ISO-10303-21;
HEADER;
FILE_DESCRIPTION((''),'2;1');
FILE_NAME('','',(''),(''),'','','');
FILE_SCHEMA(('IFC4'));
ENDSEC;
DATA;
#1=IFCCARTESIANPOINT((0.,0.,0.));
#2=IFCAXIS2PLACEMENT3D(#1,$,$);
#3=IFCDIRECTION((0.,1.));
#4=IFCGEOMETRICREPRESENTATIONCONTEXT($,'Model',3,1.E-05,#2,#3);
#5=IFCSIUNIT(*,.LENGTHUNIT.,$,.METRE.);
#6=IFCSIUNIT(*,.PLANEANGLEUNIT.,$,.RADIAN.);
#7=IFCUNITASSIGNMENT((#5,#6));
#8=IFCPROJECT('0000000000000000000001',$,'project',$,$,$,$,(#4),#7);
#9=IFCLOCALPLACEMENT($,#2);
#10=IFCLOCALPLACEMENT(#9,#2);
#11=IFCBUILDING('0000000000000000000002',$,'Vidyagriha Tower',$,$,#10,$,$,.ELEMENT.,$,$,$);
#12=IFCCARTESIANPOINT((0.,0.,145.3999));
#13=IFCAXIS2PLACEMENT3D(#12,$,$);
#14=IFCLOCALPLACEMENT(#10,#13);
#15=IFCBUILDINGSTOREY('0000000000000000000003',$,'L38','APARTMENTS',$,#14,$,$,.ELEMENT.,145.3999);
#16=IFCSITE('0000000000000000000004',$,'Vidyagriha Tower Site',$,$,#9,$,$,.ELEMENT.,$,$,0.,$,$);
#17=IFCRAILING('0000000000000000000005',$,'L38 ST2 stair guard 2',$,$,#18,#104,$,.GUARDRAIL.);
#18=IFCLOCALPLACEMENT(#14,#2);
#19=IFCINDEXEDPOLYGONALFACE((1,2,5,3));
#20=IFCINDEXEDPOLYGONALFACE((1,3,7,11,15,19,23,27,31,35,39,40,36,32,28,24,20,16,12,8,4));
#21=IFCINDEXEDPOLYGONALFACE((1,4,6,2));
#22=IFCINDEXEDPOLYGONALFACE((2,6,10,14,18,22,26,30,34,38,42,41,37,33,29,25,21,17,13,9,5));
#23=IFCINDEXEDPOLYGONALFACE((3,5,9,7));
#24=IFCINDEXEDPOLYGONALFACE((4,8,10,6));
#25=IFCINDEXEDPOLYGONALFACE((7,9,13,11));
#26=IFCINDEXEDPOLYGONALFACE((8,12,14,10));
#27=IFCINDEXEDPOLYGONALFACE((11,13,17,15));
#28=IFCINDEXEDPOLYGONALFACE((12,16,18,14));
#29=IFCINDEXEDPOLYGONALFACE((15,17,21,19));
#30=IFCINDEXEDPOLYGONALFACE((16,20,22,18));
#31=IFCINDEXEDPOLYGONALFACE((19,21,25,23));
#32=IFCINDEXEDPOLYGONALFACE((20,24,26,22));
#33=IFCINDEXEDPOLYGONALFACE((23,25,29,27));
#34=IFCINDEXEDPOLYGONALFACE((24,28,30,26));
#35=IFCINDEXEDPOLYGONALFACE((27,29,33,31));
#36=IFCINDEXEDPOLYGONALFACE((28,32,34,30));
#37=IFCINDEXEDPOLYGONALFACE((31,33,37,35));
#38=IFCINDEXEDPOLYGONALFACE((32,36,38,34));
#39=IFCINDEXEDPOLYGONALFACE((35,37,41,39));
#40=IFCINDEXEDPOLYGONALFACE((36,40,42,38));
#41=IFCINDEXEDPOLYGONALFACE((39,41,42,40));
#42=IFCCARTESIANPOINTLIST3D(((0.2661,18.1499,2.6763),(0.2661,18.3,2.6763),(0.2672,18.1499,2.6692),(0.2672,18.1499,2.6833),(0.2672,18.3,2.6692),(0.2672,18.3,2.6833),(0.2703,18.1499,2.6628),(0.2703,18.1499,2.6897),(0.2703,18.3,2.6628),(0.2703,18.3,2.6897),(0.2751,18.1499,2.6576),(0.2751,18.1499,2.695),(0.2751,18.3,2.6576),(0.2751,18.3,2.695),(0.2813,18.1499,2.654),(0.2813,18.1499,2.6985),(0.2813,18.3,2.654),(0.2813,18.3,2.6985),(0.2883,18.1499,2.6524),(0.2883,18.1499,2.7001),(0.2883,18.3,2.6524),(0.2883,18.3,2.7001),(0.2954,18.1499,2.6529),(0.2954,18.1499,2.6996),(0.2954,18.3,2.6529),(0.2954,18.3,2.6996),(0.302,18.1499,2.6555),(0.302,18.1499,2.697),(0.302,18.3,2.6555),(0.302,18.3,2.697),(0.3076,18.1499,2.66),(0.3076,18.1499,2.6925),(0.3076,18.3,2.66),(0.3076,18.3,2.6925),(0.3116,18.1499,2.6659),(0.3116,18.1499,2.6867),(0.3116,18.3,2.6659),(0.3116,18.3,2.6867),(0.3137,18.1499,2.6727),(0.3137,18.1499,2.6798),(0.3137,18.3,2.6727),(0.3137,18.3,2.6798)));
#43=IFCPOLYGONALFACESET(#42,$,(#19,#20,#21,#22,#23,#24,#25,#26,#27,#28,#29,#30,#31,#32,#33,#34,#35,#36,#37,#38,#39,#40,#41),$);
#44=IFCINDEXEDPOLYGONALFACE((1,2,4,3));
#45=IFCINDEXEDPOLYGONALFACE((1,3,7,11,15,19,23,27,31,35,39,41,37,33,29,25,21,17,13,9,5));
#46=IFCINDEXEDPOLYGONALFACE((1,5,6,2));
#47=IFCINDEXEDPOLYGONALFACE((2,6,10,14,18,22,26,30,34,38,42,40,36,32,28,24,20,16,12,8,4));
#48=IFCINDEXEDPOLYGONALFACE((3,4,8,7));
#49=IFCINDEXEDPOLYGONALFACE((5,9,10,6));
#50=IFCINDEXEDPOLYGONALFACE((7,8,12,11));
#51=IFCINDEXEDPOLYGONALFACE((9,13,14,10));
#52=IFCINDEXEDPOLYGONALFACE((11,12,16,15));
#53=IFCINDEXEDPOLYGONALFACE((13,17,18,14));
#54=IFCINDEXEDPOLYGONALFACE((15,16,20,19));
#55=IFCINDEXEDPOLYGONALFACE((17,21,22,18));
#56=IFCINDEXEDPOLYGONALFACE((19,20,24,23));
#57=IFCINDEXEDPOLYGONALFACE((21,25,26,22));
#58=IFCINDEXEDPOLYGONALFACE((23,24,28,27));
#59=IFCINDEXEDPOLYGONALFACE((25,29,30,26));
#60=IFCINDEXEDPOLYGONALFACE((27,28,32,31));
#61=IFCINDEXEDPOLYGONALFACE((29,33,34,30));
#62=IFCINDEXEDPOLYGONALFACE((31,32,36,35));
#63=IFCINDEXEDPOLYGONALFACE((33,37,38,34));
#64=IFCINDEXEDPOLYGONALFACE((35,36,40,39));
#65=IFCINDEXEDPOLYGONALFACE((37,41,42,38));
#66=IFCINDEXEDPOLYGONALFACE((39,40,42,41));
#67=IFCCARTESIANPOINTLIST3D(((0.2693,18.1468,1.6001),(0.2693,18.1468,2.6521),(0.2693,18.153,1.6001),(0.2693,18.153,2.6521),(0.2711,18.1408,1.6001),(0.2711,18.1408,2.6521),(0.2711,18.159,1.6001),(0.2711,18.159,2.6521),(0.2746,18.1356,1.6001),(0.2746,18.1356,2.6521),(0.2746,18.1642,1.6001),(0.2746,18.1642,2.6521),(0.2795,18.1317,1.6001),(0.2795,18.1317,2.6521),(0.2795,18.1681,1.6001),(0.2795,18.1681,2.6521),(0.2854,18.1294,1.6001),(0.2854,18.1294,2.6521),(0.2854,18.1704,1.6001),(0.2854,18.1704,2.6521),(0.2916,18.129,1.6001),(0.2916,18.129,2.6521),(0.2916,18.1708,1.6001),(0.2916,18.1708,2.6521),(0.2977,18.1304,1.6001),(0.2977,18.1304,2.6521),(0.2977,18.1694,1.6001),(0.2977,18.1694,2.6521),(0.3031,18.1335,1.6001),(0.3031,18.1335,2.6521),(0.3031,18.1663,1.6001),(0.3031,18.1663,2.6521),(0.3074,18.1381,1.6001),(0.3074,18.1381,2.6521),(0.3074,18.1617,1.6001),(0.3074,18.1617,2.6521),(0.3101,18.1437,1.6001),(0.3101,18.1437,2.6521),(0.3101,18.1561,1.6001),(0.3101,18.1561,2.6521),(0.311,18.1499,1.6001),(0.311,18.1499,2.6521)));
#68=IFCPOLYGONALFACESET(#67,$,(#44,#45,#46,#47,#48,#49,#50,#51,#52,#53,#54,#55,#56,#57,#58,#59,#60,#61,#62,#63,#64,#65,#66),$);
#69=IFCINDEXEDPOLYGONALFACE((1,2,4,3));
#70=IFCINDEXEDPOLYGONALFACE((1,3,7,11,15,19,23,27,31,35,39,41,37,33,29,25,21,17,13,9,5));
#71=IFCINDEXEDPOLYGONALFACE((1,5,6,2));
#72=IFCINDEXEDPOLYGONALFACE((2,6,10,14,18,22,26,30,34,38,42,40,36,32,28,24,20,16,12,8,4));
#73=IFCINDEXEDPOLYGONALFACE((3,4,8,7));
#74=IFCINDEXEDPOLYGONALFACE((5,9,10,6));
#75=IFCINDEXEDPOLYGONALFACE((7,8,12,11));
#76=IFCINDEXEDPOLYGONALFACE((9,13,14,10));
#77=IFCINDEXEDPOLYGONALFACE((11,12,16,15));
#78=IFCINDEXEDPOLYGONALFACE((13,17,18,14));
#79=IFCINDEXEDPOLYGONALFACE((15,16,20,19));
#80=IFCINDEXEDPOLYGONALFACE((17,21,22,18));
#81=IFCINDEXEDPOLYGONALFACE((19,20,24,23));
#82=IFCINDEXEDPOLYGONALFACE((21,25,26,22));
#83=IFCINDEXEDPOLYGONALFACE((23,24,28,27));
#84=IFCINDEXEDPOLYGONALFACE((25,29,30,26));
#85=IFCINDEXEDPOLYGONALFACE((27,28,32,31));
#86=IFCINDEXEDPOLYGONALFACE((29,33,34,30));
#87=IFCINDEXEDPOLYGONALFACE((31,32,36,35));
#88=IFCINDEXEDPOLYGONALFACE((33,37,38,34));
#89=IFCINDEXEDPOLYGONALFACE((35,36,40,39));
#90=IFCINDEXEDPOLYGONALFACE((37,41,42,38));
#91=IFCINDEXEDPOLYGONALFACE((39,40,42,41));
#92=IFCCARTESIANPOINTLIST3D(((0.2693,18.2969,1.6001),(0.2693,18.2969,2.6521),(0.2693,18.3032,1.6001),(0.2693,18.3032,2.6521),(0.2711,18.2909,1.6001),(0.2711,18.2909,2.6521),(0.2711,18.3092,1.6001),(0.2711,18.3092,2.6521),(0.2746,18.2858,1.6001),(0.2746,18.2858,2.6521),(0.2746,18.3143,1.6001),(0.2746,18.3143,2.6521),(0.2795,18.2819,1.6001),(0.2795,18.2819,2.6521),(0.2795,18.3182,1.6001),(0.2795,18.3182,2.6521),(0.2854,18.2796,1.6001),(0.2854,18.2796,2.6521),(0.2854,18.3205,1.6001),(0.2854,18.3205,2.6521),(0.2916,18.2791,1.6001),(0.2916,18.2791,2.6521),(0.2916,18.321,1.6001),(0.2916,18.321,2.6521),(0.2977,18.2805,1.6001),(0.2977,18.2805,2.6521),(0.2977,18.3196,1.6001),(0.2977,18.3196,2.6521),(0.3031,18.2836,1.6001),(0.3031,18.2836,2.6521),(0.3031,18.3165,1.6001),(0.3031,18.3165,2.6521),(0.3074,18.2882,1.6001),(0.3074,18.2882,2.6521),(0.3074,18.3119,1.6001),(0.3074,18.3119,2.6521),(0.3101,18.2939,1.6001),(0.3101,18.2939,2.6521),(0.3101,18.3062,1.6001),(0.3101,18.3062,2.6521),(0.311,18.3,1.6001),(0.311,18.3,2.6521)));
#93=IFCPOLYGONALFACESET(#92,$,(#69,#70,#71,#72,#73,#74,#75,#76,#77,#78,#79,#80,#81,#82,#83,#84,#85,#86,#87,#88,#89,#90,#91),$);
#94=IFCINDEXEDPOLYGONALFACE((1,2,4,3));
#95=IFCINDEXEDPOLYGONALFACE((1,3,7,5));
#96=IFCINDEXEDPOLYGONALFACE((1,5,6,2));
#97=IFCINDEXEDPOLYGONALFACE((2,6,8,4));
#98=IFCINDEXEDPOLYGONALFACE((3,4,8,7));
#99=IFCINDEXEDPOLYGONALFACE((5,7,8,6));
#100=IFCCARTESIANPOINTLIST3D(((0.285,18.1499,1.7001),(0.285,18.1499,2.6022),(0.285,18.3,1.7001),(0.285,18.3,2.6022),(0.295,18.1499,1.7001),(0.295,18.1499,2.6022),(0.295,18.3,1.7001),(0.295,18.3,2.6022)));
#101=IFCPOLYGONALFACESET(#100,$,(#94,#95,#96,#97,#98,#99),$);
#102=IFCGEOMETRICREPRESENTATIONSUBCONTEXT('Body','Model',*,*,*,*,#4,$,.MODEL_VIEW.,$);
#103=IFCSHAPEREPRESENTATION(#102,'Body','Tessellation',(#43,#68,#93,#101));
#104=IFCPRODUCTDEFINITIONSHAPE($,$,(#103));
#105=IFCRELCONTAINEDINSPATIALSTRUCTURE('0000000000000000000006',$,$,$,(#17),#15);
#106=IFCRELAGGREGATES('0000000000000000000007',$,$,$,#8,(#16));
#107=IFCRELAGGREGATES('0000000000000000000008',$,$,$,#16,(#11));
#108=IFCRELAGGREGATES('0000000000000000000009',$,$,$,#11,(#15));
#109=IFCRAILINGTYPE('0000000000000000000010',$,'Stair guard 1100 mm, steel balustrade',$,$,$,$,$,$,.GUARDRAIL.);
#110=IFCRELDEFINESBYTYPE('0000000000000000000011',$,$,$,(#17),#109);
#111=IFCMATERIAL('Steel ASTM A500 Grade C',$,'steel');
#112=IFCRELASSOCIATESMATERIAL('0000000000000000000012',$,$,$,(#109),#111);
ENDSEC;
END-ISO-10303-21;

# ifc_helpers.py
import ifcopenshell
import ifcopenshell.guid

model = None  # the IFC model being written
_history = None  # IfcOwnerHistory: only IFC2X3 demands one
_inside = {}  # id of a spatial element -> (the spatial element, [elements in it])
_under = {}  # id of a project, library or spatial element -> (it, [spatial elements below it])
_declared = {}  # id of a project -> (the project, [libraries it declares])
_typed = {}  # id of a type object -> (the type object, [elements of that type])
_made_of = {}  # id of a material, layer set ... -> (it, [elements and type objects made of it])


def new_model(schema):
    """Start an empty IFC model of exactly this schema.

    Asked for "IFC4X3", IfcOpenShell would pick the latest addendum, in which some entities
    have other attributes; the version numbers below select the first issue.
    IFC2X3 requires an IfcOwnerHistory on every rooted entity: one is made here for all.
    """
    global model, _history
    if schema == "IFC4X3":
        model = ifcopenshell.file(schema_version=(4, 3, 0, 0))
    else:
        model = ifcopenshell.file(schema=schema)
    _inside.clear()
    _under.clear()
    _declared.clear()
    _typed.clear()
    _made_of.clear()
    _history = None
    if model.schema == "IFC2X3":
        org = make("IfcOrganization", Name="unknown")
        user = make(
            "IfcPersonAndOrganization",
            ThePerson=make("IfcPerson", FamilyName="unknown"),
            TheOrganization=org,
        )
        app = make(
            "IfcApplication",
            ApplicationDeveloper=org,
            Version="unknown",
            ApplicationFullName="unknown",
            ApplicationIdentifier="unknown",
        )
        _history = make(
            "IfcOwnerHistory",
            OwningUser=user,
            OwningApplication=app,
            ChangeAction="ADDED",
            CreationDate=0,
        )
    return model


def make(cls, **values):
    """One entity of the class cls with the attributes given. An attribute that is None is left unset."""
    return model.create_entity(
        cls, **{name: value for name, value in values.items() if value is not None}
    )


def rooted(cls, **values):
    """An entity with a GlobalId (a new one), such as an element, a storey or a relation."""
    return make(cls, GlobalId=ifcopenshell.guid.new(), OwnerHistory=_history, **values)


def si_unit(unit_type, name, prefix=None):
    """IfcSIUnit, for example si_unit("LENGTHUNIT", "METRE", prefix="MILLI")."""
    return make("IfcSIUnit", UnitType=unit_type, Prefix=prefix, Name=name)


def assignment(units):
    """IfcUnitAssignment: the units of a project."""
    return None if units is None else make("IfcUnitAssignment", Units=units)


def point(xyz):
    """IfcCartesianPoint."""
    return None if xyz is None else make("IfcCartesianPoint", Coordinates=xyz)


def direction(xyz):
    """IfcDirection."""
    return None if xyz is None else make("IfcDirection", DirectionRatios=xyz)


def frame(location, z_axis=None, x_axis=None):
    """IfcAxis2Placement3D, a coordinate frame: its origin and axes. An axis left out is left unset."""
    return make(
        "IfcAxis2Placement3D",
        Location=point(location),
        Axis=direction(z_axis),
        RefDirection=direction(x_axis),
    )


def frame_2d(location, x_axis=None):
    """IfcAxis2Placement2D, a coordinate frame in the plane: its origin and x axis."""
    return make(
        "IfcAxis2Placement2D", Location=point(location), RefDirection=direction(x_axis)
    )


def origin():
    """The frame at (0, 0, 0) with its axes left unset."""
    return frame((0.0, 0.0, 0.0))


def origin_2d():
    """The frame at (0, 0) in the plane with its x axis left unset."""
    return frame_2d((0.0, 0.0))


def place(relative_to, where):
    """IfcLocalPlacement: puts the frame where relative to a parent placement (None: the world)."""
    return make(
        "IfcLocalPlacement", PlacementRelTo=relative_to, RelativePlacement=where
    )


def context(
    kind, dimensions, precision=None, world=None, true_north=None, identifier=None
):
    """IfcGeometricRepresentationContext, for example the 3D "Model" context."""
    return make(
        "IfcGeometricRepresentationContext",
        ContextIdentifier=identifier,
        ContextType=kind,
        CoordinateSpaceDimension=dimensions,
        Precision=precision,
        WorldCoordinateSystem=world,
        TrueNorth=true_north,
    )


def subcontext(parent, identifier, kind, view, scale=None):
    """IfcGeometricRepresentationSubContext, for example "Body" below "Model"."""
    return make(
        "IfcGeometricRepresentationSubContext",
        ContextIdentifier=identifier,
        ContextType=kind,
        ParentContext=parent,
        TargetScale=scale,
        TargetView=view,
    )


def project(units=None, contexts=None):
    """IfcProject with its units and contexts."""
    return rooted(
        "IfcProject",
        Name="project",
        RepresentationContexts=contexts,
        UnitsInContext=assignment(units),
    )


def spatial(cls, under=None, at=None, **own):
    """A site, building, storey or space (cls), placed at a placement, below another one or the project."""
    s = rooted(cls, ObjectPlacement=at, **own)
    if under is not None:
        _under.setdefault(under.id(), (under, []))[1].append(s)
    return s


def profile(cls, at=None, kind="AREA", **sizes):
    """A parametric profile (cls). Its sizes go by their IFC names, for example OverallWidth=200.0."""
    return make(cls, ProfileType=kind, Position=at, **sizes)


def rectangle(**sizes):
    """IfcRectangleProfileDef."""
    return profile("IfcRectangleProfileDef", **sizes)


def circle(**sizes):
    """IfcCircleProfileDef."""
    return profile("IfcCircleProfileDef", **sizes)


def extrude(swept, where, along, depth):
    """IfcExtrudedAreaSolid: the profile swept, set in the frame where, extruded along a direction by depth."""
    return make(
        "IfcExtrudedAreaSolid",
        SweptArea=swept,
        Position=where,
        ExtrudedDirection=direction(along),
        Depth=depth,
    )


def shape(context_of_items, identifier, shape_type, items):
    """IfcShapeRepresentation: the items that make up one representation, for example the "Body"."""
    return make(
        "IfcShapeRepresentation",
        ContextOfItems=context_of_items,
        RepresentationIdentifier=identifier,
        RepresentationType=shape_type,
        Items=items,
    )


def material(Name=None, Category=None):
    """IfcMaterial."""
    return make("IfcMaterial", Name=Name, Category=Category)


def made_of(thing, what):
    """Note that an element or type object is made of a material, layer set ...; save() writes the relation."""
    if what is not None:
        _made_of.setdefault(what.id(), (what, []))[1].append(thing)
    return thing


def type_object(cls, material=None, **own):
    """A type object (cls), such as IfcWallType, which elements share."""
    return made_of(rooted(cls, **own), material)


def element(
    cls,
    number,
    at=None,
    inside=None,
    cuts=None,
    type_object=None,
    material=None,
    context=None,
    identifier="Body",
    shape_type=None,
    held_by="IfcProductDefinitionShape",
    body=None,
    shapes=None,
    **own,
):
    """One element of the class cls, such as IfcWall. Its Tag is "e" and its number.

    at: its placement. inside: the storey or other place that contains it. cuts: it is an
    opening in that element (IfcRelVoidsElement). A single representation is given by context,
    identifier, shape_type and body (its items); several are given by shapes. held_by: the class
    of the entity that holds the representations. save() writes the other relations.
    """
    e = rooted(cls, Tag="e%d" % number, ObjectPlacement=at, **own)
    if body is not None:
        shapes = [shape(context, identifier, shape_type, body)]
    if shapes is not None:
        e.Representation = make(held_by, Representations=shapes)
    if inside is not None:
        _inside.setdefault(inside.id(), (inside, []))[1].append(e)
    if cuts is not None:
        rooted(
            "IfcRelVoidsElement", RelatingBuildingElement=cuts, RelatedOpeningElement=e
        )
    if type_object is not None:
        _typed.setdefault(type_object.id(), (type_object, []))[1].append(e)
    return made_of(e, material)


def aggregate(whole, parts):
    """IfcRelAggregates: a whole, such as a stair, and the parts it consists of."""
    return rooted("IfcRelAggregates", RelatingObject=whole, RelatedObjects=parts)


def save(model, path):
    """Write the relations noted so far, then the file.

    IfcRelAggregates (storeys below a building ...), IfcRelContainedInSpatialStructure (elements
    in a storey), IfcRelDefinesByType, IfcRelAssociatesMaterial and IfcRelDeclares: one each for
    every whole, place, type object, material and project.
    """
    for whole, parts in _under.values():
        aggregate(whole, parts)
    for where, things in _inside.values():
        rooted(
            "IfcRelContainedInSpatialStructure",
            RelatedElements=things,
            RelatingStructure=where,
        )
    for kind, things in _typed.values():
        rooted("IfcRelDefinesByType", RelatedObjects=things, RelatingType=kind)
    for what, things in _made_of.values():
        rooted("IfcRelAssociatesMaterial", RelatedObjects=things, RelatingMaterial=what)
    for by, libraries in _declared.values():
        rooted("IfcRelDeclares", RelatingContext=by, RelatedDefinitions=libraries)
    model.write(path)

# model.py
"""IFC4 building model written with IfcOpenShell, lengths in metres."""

from ifc_helpers import new_model, si_unit, direction, frame, origin, origin_2d, place, context, subcontext, project, spatial, rectangle, circle, extrude, material, type_object, element, save


model = new_model("IFC4")

# Units and contexts
model_context = context("Model", 3, precision=1e-05, world=origin(), true_north=direction((0.0, 1.0)))
body_context = subcontext(model_context, "Body", "Model", "MODEL_VIEW")
ifc_project = project(units=[si_unit("LENGTHUNIT", "METRE"), si_unit("PLANEANGLEUNIT", "RADIAN")], contexts=[model_context])

# Site, building, storey
site_placement = place(None, origin())
site = spatial("IfcSite", under=ifc_project, at=site_placement, Name="Vidyagriha Tower Site", CompositionType="ELEMENT", RefElevation=0.0)
building_placement = place(site_placement, origin())
building = spatial("IfcBuilding", under=site, at=building_placement, Name="Vidyagriha Tower", CompositionType="ELEMENT")
storey_placement = place(building_placement, frame((0.0, 0.0, 145.3999)))
storey = spatial("IfcBuildingStorey", under=building, at=storey_placement, Name="L38", Description="APARTMENTS", CompositionType="ELEMENT", Elevation=145.3999)

# Railing
ifc_material_1 = material(Name="Steel ASTM A500 Grade C", Category="steel")
railing_type_1 = type_object("IfcRailingType", Name="Stair guard 1100 mm, steel balustrade", PredefinedType="GUARDRAIL", material=ifc_material_1)
railing_1_placement = place(storey_placement, frame((0.29, 18.1499, 1.6001)))
element("IfcRailing", 1, at=railing_1_placement, inside=storey, type_object=railing_type_1, Name="L38 ST2 stair guard 2", PredefinedType="GUARDRAIL", context=body_context, shape_type="SweptSolid", body=[
    extrude(circle(Radius=0.0239, at=origin_2d()), frame((0.0, 0.0, 1.0762), z_axis=(0.0, 1.0, 0.0), x_axis=(-1.0, 0.0, 0.0)), (0.0, 0.0, 1.0), 0.1501),
    extrude(circle(Radius=0.021, at=origin_2d()), origin(), (0.0, 0.0, 1.0), 1.052),
    extrude(circle(Radius=0.021, at=origin_2d()), frame((0.0, 0.1501, 0.0)), (0.0, 0.0, 1.0), 1.052),
    extrude(rectangle(XDim=0.01, YDim=0.9021, at=origin_2d()), frame((0.0, 0.0, 0.551), z_axis=(0.0, 1.0, 0.0), x_axis=(-1.0, 0.0, 0.0)), (0.0, 0.0, 1.0), 0.1501),
])

save(model, "model.ifc")
